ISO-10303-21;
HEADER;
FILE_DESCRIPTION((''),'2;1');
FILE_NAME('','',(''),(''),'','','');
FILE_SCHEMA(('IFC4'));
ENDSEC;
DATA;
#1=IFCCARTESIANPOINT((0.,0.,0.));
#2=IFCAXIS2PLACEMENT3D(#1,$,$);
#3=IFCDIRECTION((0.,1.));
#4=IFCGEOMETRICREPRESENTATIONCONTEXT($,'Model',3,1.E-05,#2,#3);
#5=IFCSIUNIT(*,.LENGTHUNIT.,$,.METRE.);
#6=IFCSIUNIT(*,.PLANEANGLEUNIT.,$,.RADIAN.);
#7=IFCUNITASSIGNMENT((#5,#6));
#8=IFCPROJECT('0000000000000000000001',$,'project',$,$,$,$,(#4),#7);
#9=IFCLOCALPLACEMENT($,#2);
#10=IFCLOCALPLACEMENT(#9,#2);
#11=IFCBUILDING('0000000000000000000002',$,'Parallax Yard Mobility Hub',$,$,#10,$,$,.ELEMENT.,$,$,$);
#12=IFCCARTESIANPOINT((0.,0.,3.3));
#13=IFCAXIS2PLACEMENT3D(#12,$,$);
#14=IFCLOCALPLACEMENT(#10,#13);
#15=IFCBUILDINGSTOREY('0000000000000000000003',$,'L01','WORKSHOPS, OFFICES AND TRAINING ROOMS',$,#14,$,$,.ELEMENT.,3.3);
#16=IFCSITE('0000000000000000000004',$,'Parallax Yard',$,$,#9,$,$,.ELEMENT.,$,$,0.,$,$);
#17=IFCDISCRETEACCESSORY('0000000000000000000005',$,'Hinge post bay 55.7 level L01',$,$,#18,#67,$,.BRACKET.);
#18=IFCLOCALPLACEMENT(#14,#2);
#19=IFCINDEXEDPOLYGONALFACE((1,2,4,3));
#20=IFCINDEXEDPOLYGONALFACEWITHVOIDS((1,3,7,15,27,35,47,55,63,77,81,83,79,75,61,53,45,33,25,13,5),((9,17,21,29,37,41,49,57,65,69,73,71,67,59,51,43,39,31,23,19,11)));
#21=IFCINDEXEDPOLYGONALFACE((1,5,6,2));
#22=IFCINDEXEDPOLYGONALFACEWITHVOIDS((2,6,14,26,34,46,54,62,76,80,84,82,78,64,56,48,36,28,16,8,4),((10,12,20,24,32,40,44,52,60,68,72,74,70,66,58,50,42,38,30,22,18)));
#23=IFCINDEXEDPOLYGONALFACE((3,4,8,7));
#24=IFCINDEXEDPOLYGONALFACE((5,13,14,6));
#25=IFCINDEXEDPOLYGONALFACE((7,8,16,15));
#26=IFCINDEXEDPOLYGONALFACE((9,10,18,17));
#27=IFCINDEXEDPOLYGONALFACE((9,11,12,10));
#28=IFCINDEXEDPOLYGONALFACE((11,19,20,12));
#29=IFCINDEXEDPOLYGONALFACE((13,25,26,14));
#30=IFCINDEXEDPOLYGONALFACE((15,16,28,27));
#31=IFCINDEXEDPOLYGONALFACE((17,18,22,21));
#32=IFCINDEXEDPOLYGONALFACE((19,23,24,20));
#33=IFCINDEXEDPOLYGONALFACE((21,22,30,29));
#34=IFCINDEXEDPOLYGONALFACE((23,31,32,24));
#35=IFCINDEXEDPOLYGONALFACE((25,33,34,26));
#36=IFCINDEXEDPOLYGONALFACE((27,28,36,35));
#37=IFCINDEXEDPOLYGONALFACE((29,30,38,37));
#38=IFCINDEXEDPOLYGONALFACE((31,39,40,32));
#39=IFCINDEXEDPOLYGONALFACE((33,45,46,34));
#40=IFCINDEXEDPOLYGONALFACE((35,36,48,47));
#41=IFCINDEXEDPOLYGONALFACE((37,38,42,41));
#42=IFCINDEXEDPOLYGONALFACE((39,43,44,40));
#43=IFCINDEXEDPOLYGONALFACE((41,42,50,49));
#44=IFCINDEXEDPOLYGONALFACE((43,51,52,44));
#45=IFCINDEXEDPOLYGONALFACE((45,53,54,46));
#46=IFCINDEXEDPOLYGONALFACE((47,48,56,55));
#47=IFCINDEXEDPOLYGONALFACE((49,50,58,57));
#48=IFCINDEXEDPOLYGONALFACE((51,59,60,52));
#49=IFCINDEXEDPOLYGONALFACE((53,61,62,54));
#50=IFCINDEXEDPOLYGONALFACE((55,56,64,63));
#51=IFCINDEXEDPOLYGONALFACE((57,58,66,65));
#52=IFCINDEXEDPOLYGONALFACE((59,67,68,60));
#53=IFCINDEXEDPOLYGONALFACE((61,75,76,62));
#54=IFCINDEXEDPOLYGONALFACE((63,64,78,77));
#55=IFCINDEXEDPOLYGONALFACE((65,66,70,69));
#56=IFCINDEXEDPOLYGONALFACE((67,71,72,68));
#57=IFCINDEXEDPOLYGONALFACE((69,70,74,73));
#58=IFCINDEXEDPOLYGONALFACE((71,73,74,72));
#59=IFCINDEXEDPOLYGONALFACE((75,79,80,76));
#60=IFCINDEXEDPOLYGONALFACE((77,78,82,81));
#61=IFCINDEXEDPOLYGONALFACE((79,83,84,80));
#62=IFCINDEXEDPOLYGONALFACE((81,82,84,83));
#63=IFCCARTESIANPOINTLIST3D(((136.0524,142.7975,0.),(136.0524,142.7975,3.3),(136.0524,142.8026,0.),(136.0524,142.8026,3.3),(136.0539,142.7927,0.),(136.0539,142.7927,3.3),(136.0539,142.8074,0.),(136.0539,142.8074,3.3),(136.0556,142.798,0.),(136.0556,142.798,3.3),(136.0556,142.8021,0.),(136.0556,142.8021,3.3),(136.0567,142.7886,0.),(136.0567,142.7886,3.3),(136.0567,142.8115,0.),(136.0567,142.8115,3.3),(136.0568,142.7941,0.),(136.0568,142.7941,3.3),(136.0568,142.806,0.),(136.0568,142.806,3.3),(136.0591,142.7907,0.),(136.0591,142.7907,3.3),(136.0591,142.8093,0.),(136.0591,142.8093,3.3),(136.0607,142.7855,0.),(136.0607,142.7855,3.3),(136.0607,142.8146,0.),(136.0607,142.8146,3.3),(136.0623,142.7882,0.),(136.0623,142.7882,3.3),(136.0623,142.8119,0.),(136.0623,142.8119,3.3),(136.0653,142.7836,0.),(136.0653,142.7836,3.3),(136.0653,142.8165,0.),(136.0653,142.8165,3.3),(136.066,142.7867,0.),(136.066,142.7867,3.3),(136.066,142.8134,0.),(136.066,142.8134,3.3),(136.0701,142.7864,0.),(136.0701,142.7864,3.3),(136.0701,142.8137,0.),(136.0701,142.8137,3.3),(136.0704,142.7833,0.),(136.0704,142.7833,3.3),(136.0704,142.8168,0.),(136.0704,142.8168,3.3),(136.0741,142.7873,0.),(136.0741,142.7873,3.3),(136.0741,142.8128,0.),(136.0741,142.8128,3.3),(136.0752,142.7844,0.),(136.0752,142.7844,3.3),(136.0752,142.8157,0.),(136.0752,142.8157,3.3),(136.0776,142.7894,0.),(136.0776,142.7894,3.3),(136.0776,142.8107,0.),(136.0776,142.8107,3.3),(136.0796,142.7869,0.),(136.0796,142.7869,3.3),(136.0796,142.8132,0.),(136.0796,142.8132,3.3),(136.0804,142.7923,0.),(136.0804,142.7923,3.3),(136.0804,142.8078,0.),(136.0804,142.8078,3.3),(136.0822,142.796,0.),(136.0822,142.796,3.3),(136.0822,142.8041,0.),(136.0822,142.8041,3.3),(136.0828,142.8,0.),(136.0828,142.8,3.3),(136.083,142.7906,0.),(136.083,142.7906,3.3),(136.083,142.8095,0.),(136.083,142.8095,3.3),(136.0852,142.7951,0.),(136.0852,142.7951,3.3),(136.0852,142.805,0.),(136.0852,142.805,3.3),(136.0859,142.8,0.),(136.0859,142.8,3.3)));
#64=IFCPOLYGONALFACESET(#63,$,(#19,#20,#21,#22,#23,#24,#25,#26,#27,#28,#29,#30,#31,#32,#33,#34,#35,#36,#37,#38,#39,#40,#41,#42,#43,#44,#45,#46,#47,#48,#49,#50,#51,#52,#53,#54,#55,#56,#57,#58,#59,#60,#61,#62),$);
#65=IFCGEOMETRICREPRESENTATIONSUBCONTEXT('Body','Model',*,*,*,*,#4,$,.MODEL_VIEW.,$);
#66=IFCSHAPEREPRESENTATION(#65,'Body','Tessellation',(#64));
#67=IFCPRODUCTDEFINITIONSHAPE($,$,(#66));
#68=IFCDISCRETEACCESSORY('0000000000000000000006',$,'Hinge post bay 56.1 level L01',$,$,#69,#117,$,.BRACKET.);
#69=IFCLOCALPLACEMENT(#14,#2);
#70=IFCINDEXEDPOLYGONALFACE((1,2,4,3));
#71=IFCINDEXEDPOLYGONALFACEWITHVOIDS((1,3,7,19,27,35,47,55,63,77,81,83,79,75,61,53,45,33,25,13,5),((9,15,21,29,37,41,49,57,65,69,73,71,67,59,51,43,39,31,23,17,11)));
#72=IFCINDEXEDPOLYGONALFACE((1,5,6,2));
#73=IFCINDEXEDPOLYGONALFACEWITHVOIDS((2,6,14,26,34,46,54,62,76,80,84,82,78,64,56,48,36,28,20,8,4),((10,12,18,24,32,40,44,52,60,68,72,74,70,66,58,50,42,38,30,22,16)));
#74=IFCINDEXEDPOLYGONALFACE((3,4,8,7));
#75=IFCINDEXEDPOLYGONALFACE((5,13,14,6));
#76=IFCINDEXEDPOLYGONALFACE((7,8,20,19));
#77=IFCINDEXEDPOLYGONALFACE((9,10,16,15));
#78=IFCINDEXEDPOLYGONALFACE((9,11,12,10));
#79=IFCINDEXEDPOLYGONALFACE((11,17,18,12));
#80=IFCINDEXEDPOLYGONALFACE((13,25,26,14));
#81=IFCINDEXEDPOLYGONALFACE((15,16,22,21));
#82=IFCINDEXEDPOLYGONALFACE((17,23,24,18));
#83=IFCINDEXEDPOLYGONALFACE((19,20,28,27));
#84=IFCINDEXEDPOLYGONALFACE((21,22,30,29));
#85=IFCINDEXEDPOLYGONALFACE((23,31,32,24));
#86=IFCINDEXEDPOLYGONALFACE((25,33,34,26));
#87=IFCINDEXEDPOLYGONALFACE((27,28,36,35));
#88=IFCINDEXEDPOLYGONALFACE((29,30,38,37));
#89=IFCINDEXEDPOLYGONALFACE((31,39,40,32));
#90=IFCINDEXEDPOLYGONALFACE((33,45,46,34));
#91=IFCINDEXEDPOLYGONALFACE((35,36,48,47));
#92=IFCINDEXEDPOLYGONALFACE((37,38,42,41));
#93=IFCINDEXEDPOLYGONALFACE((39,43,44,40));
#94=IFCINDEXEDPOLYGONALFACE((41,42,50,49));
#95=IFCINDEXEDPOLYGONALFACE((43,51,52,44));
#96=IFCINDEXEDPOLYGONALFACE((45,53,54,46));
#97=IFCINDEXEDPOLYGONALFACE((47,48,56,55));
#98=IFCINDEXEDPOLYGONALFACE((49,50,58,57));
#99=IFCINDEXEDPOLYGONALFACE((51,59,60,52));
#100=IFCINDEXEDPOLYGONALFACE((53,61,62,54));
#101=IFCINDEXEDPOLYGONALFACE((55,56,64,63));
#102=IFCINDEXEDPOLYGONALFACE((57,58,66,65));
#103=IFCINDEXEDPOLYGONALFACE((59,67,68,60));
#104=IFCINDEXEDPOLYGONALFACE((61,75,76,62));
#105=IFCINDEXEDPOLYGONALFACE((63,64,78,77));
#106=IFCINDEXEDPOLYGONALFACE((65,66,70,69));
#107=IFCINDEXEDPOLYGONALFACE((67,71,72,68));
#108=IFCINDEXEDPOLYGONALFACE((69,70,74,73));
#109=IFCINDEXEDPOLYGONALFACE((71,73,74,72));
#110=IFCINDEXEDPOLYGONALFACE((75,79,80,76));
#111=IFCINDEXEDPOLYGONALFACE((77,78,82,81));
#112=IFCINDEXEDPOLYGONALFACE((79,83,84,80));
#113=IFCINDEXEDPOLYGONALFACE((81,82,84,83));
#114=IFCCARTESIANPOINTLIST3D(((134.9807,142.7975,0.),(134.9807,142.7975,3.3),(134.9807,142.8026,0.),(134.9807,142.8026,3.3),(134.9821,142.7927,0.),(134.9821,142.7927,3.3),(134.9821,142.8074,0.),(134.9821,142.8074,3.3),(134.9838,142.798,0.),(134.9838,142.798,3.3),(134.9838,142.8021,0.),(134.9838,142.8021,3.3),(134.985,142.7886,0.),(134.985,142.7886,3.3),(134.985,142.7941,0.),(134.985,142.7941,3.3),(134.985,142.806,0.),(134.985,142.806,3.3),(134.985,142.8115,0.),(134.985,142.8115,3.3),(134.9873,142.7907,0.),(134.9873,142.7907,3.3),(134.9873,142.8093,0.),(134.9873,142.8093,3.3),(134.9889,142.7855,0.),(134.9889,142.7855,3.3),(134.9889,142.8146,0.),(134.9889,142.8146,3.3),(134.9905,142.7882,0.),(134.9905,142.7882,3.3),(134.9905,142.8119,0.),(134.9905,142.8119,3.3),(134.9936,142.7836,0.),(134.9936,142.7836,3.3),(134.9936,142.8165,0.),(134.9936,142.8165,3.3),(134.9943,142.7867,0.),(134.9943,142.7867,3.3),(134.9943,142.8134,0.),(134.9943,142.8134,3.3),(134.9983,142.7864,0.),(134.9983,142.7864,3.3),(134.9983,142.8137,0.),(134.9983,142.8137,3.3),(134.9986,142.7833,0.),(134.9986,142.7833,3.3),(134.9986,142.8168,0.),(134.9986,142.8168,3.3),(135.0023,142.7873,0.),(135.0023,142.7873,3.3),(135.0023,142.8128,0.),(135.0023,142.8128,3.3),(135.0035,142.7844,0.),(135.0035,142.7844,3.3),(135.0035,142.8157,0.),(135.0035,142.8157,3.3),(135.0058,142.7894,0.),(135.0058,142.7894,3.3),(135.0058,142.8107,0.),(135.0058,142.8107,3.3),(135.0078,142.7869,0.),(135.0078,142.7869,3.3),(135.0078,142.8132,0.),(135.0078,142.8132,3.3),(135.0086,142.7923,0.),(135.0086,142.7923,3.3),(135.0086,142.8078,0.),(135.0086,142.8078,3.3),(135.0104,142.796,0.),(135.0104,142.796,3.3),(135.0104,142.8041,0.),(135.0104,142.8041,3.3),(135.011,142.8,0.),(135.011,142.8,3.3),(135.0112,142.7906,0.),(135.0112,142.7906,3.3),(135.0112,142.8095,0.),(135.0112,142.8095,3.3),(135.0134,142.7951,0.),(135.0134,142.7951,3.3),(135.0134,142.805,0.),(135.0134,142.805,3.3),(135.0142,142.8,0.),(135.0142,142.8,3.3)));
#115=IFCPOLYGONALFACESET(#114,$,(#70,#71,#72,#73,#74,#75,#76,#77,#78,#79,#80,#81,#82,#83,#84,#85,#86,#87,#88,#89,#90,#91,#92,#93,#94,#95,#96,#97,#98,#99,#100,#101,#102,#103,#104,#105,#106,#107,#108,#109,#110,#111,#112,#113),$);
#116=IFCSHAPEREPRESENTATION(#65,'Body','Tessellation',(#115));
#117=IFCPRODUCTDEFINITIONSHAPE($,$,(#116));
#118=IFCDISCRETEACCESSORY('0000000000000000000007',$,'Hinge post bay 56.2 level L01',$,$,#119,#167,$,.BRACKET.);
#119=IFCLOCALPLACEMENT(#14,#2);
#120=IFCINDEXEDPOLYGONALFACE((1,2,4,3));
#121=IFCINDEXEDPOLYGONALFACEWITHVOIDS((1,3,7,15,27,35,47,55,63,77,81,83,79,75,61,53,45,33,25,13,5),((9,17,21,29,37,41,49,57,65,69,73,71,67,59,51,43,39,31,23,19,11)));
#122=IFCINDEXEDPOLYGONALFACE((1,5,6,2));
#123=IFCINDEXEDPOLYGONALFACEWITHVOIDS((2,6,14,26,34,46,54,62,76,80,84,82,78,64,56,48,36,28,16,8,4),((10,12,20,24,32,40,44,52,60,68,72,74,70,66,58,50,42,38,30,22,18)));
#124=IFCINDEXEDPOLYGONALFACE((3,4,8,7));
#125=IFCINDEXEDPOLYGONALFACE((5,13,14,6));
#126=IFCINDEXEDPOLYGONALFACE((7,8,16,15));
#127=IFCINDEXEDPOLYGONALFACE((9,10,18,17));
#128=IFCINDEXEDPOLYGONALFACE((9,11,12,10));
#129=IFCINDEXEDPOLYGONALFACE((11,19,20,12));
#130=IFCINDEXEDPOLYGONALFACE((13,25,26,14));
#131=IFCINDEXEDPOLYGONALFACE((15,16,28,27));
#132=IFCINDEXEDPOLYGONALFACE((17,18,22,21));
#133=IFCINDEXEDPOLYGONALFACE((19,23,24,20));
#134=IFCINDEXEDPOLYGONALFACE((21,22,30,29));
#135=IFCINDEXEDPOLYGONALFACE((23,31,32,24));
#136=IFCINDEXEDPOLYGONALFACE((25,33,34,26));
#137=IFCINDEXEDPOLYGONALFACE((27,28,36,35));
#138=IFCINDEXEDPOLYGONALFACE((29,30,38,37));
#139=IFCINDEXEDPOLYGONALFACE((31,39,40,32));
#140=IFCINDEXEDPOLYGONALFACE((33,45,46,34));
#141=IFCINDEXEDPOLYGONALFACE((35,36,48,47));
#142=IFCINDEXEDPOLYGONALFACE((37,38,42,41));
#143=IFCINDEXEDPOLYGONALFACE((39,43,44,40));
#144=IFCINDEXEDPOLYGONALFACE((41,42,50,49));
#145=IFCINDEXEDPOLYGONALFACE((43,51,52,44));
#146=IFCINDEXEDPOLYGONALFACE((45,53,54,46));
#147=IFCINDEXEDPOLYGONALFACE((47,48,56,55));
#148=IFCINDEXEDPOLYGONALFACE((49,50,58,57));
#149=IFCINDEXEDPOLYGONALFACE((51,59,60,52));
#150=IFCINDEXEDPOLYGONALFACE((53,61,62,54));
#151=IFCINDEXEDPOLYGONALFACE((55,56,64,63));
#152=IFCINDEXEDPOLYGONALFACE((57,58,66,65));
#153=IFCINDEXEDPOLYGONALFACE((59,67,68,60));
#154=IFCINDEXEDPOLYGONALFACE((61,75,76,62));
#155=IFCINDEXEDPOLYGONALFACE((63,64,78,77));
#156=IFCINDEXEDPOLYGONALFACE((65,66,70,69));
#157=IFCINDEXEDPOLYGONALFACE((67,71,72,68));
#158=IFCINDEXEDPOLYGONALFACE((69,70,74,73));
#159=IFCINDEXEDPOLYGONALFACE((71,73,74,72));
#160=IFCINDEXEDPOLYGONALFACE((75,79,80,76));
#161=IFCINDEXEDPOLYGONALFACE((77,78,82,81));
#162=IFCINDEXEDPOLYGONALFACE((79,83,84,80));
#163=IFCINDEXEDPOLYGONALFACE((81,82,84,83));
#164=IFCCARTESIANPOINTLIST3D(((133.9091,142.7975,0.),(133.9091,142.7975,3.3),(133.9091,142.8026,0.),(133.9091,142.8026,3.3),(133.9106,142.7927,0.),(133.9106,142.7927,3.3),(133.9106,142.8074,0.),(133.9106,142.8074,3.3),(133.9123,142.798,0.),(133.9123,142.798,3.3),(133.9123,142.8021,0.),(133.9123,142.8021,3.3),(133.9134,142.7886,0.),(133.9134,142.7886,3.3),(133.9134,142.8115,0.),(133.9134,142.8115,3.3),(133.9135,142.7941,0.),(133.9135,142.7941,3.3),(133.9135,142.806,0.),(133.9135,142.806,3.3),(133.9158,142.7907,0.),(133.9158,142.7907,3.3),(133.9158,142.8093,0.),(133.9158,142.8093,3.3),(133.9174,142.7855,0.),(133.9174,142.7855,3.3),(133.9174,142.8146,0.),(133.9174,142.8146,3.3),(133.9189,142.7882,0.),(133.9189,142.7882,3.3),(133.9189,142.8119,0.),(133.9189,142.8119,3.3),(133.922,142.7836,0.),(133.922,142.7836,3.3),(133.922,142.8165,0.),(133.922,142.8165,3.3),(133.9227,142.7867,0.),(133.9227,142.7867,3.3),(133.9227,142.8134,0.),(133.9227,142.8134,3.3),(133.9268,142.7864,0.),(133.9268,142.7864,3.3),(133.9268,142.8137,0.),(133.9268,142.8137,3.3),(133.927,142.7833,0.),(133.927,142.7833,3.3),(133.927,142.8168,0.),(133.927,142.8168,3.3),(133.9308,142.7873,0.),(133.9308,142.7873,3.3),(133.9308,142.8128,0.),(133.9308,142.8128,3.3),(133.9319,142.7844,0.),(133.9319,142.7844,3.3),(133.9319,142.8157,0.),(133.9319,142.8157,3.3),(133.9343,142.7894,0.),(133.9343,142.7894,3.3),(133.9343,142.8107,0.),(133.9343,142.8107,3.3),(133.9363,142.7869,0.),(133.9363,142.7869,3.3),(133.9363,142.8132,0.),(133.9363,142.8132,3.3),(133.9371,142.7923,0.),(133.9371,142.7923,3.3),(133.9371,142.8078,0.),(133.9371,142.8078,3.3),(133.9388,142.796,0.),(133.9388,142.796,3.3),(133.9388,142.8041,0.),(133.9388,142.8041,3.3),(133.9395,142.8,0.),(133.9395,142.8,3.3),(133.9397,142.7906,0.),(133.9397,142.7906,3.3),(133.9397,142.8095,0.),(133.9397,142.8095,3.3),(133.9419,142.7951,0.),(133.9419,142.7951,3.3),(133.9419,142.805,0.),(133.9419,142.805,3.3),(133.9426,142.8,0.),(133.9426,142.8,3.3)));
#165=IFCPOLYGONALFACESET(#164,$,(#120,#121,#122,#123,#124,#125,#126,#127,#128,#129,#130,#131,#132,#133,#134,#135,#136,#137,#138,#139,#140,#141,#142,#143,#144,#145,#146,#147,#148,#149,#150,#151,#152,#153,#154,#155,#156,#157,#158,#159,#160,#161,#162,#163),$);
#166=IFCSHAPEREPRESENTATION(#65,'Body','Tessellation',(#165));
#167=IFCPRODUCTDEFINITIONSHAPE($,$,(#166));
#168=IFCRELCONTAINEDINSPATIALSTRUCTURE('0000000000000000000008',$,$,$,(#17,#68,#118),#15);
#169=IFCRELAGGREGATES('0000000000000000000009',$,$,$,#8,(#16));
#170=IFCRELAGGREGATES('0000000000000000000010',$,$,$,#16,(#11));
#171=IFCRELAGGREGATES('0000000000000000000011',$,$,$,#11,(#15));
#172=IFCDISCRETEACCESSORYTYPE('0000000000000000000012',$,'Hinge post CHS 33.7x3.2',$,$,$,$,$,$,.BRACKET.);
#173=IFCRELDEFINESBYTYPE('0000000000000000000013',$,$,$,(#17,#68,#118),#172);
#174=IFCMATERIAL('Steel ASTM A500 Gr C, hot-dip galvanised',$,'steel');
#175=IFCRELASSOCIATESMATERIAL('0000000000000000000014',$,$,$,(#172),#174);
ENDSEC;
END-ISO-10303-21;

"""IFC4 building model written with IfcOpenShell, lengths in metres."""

from ifc_helpers import new_model, si_unit, direction, frame, origin, origin_2d, place, context, subcontext, project, spatial, hollow_circle, extrude, material, material_profile, profile_set, type_object, element, save


model = new_model("IFC4")

# Units and contexts
model_context = context("Model", 3, precision=1e-05, world=origin(), true_north=direction((0.0, 1.0)))
body_context = subcontext(model_context, "Body", "Model", "MODEL_VIEW")
ifc_project = project(units=[si_unit("LENGTHUNIT", "METRE"), si_unit("PLANEANGLEUNIT", "RADIAN")], contexts=[model_context])

# Site, building, storey
site_placement = place(None, origin())
site = spatial("IfcSite", under=ifc_project, at=site_placement, Name="Parallax Yard", CompositionType="ELEMENT", RefElevation=0.0)
building_placement = place(site_placement, origin())
building = spatial("IfcBuilding", under=site, at=building_placement, Name="Parallax Yard Mobility Hub", CompositionType="ELEMENT")
storey_placement = place(building_placement, frame((0.0, 0.0, 3.3)))
storey = spatial("IfcBuildingStorey", under=building, at=storey_placement, Name="L01", Description="WORKSHOPS, OFFICES AND TRAINING ROOMS", CompositionType="ELEMENT", Elevation=3.3)

# Discrete accessories
ifc_material_1 = material(Name="Steel ASTM A500 Gr C, hot-dip galvanised", Category="steel")
ifc_material_profile = material_profile(ifc_material_1, hollow_circle(Radius=0.0168, WallThickness=0.0032, at=origin_2d()), Name="CHS 33.7x3.2")
ifc_profile_set = profile_set([ifc_material_profile], Name="Steel ASTM A500 Gr C, hot-dip galvanised")
discrete_accessory_type_1 = type_object("IfcDiscreteAccessoryType", Name="Hinge post CHS 33.7x3.2", PredefinedType="BRACKET", material=ifc_profile_set)
for number, where, z_axis, x_axis, name in (
    (1, (136.0691, 142.8, 0.0), (0.0, 0.0, 1.0), (1.0, 0.0, 0.0), "Hinge post bay 55.7 level L01"),
    (2, (134.9973, 142.8, 0.0), (0.0, 0.0, 1.0), (1.0, 0.0, 0.0), "Hinge post bay 56.1 level L01"),
    (3, (133.9258, 142.8, 0.0), (0.0, 0.0, 1.0), (1.0, 0.0, 0.0), "Hinge post bay 56.2 level L01"),
):
    element("IfcDiscreteAccessory", number, at=place(storey_placement, frame(where, z_axis=z_axis, x_axis=x_axis)), inside=storey, type_object=discrete_accessory_type_1, Name=name, PredefinedType="BRACKET", context=body_context, shape_type="SweptSolid", body=[
        extrude(hollow_circle(Radius=0.0168, WallThickness=0.0032, at=origin_2d()), origin(), (0.0, 0.0, 1.0), 3.3),
    ])

save(model, "model.ifc")
